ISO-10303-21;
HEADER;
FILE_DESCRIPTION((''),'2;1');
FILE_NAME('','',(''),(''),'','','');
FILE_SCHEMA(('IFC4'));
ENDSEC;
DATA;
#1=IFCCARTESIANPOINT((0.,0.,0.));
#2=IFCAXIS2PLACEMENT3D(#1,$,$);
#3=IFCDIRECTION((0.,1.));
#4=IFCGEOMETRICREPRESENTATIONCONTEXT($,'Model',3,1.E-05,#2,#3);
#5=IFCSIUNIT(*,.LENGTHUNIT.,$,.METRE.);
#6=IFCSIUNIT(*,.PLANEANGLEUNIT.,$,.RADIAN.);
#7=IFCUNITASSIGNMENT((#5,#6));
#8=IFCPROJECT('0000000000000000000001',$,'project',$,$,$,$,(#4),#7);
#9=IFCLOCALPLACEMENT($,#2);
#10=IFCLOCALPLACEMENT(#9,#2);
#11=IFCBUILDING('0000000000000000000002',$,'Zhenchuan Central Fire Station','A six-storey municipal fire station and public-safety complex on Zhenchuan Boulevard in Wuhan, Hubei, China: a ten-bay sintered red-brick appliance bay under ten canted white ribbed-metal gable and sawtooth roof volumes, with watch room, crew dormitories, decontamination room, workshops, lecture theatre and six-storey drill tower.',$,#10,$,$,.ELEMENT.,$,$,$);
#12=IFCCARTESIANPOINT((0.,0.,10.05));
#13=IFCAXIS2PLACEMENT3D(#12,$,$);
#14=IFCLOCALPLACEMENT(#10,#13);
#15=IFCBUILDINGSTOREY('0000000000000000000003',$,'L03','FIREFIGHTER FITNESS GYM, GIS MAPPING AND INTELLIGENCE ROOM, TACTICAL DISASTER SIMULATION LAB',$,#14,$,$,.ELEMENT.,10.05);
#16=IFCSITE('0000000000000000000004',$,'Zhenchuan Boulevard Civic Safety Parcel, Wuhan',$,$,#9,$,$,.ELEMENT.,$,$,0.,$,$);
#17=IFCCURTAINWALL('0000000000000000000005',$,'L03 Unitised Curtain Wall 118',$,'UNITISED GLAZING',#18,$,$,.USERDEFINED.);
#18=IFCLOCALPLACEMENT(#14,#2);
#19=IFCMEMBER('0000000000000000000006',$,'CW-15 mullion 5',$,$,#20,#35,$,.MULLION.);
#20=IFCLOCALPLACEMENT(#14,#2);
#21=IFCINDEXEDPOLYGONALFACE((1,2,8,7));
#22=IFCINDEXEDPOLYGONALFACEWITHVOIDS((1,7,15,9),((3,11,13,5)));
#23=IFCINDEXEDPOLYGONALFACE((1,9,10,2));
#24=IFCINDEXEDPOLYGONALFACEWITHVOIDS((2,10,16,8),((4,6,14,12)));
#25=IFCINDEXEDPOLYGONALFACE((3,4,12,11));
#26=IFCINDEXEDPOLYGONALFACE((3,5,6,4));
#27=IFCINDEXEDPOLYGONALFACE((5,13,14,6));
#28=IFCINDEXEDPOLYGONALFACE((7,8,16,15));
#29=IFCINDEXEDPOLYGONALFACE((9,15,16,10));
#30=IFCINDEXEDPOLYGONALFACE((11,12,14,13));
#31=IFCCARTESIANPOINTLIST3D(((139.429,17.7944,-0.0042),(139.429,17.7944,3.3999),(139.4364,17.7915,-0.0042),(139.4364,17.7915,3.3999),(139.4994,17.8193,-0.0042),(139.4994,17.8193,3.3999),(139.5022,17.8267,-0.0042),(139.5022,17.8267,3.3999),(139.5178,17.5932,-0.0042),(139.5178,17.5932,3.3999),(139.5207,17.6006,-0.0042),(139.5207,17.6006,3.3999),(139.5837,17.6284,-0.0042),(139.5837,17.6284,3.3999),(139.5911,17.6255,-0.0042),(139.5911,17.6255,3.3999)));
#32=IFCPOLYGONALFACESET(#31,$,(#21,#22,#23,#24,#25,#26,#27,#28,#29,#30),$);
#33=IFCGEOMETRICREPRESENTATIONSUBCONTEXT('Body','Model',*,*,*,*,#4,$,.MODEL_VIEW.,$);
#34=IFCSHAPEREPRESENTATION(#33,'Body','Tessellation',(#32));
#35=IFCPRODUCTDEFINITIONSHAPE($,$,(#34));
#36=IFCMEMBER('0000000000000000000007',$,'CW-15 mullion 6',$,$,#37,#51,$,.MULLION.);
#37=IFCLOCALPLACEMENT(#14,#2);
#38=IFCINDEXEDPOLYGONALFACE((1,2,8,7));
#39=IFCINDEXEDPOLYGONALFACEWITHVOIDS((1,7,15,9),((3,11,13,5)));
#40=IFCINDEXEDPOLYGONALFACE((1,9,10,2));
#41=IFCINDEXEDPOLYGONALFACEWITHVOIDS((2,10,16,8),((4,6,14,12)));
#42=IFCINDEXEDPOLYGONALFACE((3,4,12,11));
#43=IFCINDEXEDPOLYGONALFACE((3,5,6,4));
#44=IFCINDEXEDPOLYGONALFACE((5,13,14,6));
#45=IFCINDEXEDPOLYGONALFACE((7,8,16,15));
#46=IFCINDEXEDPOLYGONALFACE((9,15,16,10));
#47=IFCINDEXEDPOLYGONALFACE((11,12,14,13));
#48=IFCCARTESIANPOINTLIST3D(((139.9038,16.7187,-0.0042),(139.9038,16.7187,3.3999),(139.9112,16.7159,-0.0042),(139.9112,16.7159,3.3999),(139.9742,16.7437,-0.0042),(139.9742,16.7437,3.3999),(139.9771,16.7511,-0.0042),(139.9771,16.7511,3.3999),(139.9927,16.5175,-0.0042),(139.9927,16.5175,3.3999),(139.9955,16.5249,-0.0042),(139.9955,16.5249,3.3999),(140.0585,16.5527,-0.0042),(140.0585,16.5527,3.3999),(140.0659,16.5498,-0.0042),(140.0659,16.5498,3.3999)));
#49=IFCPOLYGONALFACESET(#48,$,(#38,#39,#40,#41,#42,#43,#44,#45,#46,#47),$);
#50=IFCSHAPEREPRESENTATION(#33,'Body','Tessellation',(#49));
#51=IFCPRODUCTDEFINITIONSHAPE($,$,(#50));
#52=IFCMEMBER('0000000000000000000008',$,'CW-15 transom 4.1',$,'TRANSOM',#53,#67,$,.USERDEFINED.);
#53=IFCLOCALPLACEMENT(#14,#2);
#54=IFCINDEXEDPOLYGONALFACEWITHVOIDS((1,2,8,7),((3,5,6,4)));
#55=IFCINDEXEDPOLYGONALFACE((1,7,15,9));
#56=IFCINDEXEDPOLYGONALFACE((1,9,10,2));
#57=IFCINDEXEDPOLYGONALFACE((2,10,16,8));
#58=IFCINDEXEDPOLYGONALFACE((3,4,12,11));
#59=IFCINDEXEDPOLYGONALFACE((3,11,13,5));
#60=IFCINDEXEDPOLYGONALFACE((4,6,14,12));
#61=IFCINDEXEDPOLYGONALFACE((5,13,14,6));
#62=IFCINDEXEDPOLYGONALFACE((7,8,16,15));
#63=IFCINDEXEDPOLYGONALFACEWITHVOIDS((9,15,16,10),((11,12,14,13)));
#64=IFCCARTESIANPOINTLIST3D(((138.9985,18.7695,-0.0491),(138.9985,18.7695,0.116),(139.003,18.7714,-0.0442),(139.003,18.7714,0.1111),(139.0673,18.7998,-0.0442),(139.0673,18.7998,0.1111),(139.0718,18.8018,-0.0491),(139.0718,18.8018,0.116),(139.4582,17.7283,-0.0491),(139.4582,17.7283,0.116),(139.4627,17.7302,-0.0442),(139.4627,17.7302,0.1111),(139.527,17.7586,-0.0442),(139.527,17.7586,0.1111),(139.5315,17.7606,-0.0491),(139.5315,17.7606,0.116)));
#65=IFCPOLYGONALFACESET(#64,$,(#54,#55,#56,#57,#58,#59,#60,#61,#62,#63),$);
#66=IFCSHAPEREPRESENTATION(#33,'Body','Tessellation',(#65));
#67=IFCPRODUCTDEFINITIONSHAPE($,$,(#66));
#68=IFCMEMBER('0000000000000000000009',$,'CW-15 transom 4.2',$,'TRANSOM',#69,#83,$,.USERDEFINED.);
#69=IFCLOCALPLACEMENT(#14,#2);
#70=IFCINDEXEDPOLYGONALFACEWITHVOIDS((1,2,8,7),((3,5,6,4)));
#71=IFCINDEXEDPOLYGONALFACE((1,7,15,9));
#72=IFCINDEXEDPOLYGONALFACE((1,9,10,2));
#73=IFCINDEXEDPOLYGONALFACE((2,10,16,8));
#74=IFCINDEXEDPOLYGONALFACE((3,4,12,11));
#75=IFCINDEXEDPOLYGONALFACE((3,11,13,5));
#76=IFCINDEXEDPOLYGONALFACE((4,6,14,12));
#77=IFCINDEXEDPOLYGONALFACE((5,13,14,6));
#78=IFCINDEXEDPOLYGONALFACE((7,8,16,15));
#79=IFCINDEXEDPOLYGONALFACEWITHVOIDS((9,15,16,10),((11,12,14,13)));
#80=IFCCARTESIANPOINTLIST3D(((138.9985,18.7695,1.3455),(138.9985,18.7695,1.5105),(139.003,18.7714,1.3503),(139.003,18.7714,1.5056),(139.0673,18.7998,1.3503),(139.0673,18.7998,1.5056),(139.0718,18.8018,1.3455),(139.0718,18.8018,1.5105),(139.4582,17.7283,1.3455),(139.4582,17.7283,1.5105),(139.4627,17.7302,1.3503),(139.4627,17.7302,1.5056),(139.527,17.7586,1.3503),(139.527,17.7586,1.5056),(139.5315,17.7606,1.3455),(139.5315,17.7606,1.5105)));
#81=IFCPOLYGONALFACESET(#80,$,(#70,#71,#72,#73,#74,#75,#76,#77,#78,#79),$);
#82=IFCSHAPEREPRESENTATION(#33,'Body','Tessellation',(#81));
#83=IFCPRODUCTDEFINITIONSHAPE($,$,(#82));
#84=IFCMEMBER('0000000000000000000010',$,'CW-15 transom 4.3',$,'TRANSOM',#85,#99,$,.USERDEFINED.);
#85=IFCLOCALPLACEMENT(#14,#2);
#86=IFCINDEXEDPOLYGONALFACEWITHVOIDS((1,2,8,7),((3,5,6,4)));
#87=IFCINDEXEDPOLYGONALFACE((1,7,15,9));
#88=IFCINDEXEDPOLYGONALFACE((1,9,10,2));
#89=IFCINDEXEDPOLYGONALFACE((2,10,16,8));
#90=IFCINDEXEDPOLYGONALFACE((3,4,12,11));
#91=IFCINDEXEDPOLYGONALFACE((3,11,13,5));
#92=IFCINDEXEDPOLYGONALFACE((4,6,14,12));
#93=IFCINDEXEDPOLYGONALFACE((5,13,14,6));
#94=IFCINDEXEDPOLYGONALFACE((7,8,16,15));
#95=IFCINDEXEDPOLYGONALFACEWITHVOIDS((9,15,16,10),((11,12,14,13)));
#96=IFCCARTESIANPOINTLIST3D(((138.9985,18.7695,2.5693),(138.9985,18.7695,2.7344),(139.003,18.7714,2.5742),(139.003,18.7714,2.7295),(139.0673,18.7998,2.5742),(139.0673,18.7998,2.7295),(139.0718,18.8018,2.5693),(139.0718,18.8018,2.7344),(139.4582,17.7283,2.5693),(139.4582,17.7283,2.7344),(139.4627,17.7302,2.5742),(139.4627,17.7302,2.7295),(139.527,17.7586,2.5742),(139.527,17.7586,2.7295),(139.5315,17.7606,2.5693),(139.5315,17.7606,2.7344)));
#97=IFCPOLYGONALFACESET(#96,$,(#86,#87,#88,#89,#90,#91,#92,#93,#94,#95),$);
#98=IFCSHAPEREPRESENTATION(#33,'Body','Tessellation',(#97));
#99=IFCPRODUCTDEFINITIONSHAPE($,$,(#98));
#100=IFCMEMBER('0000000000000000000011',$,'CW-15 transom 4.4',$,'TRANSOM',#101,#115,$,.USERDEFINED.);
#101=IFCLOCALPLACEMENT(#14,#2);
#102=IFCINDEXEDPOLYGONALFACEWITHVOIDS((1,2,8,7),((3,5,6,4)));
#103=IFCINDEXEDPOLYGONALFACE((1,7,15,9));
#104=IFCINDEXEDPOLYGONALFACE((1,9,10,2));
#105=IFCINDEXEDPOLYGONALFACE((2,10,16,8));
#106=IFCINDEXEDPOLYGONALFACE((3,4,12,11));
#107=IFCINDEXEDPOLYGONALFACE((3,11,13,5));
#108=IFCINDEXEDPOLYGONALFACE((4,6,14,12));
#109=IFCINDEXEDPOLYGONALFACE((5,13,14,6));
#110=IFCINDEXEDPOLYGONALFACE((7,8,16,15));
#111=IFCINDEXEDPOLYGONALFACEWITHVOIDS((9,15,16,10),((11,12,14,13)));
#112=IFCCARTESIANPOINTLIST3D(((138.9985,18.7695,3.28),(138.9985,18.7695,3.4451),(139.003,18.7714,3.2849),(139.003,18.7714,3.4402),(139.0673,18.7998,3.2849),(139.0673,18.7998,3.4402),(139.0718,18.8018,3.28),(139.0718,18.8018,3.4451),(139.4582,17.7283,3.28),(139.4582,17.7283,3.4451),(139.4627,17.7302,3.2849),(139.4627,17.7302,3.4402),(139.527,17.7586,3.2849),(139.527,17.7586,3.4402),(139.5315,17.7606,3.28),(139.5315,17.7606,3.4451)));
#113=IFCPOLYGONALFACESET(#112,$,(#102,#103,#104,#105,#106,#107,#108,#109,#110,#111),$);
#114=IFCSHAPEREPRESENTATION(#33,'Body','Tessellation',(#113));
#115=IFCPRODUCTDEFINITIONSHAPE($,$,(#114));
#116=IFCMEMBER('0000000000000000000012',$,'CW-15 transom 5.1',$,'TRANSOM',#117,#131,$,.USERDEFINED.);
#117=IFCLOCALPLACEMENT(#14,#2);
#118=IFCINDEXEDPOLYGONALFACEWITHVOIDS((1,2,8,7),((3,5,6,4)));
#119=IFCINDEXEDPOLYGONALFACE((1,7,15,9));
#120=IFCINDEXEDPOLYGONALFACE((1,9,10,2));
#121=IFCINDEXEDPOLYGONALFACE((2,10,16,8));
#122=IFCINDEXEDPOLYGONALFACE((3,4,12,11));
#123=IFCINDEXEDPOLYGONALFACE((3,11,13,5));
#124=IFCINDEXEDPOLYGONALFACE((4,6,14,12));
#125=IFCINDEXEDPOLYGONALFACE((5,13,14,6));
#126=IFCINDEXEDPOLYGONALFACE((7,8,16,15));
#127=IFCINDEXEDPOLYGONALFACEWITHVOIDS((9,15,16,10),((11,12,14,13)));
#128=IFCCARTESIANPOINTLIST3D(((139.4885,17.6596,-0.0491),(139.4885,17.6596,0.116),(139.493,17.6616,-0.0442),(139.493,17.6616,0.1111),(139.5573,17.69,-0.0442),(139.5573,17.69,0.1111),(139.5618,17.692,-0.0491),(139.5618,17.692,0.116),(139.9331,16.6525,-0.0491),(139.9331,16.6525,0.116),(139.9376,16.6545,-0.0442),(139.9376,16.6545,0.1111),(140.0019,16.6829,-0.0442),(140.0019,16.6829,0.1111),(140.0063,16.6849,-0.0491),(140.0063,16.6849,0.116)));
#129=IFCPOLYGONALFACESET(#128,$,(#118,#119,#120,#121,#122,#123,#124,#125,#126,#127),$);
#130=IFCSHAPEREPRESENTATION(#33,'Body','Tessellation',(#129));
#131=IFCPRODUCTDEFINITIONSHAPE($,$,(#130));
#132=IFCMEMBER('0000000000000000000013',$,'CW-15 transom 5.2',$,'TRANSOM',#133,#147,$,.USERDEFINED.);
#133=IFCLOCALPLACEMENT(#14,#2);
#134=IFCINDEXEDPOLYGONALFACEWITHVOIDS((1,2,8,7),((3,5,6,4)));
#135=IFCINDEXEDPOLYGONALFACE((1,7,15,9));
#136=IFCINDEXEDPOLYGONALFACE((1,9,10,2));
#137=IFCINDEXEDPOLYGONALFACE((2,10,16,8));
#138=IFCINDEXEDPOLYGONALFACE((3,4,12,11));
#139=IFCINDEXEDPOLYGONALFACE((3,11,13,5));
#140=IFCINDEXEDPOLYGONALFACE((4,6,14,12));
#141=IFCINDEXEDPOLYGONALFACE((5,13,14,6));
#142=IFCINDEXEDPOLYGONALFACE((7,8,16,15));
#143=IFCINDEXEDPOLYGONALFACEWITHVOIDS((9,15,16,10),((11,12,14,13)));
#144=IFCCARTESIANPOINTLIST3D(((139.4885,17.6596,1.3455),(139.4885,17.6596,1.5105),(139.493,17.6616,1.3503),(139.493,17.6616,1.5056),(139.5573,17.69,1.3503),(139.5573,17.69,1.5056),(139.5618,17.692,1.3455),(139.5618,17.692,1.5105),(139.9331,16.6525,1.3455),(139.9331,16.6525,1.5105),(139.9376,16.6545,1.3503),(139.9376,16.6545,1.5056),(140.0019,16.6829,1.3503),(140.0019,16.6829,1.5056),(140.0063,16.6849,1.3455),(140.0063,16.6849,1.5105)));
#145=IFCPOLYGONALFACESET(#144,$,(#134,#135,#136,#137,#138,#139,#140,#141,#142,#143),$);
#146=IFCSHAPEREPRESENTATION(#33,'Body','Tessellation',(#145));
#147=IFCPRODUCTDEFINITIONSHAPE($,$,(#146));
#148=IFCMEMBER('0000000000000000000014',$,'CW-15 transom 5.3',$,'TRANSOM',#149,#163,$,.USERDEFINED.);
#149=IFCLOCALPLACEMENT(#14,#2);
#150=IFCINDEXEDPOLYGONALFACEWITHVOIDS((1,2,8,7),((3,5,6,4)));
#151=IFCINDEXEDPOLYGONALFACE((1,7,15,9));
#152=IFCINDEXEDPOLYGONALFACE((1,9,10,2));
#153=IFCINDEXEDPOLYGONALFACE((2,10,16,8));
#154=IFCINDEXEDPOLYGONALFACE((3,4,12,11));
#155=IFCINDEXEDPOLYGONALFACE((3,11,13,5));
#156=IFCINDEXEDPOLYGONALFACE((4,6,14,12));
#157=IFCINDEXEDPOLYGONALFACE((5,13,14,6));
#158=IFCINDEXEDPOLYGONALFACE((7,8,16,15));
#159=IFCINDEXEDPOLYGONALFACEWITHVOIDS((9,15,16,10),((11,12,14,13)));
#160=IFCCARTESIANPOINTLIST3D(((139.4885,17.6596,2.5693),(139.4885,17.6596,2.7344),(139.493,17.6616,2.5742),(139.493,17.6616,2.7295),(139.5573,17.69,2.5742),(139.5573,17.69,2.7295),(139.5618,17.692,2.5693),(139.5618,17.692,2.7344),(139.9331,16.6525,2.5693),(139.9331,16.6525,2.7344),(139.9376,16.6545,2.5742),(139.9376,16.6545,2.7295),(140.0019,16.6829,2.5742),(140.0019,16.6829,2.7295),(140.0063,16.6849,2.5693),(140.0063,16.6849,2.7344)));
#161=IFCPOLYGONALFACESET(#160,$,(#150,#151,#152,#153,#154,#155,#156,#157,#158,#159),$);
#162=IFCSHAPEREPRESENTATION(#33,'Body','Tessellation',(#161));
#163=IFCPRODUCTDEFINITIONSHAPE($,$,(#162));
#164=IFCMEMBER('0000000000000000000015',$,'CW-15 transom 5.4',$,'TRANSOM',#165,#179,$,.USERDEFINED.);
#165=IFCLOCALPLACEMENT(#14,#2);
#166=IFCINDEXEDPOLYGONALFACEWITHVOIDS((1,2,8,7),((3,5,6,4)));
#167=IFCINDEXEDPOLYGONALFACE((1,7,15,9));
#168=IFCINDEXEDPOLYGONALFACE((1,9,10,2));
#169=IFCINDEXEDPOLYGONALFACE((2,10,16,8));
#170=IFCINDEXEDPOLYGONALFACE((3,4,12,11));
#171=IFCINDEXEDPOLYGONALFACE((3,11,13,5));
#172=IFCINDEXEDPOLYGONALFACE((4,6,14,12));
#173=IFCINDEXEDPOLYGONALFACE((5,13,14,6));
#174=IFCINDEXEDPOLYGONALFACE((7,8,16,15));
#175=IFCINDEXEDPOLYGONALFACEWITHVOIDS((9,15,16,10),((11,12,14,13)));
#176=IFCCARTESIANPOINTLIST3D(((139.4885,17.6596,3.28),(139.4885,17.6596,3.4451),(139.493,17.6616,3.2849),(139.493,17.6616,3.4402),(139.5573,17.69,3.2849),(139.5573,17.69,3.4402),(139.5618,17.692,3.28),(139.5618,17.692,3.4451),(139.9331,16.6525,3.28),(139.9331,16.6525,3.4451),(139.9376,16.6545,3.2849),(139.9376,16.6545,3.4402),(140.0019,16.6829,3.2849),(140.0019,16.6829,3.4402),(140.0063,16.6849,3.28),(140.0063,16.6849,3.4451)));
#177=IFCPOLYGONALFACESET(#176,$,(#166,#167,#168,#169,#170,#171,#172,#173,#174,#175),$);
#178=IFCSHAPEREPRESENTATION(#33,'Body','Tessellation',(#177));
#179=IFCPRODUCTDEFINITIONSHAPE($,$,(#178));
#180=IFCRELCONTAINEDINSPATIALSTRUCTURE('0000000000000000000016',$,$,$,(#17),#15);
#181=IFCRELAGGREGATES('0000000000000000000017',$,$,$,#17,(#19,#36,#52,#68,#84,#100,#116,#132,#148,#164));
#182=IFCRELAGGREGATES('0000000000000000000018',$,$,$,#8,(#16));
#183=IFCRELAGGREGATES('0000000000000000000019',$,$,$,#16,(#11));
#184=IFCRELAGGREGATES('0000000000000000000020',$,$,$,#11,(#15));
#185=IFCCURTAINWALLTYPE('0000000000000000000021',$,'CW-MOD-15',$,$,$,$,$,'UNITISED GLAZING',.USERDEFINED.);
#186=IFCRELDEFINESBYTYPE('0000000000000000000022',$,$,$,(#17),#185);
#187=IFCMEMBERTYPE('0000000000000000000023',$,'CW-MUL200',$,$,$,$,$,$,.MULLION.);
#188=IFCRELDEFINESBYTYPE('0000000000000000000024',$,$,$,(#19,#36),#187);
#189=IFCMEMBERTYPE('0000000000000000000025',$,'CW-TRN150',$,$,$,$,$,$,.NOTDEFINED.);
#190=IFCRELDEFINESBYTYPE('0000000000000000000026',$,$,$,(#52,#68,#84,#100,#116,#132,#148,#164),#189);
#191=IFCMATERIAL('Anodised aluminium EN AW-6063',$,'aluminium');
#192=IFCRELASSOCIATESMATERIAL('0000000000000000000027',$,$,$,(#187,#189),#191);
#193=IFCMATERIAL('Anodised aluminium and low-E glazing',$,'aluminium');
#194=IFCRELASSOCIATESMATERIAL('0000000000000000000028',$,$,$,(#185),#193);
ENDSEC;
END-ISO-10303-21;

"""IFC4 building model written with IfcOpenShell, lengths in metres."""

from ifc_helpers import new_model, si_unit, direction, frame, origin, origin_2d, place, context, subcontext, project, spatial, hollow_rectangle, extrude, material, material_profile, profile_set, type_object, element, aggregate, save


model = new_model("IFC4")

# Units and contexts
model_context = context("Model", 3, precision=1e-05, world=origin(), true_north=direction((0.0, 1.0)))
body_context = subcontext(model_context, "Body", "Model", "MODEL_VIEW")
ifc_project = project(units=[si_unit("LENGTHUNIT", "METRE"), si_unit("PLANEANGLEUNIT", "RADIAN")], contexts=[model_context])

# Site, building, storey
site_placement = place(None, origin())
site = spatial("IfcSite", under=ifc_project, at=site_placement, Name="Zhenchuan Boulevard Civic Safety Parcel, Wuhan", CompositionType="ELEMENT", RefElevation=0.0)
building_placement = place(site_placement, origin())
building = spatial("IfcBuilding", under=site, at=building_placement, Name="Zhenchuan Central Fire Station", Description="A six-storey municipal fire station and public-safety complex on Zhenchuan Boulevard in Wuhan, Hubei, China: a ten-bay sintered red-brick appliance bay under ten canted white ribbed-metal gable and sawtooth roof volumes, with watch room, crew dormitories, decontamination room, workshops, lecture theatre and six-storey drill tower.", CompositionType="ELEMENT")
storey_placement = place(building_placement, frame((0.0, 0.0, 10.05)))
storey = spatial("IfcBuildingStorey", under=building, at=storey_placement, Name="L03", Description="FIREFIGHTER FITNESS GYM, GIS MAPPING AND INTELLIGENCE ROOM, TACTICAL DISASTER SIMULATION LAB", CompositionType="ELEMENT", Elevation=10.05)

# Shared definitions
ifc_material_1 = material(Name="Anodised aluminium and low-E glazing", Category="aluminium")
ifc_material_2 = material(Name="Anodised aluminium EN AW-6063", Category="aluminium")
ifc_material_profile_1 = material_profile(ifc_material_2, hollow_rectangle(XDim=0.0801, YDim=0.22, WallThickness=0.0056, at=origin_2d()), Name="ALU-M 220x80")
ifc_profile_set_1 = profile_set([ifc_material_profile_1], Name="Anodised aluminium EN AW-6063")
member_type_1 = type_object("IfcMemberType", Name="CW-MUL200", PredefinedType="MULLION", material=ifc_profile_set_1)

# Curtain wall, members
curtain_wall_type_1 = type_object("IfcCurtainWallType", Name="CW-MOD-15", ElementType="UNITISED GLAZING", PredefinedType="USERDEFINED", material=ifc_material_1)
curtain_wall_1_placement = place(storey_placement, origin())
curtain_wall_1 = element("IfcCurtainWall", 1, at=curtain_wall_1_placement, inside=storey, type_object=curtain_wall_type_1, Name="L03 Unitised Curtain Wall 118", ObjectType="UNITISED GLAZING", PredefinedType="USERDEFINED")
member_1_placement = place(storey_placement, frame((139.51, 17.71, -0.0042), z_axis=(0.0, 0.0, 1.0), x_axis=(0.914828, 0.403843, 0.0)))
member_1 = element("IfcMember", 2, at=member_1_placement, type_object=member_type_1, Name="CW-15 mullion 5", PredefinedType="MULLION", context=body_context, shape_type="SweptSolid", body=[
    extrude(hollow_rectangle(XDim=0.0801, YDim=0.22, WallThickness=0.0056, at=origin_2d()), origin(), (0.0, 0.0, 1.0), 3.4041),
])
member_2_placement = place(storey_placement, frame((139.9849, 16.6343, -0.0042), z_axis=(0.0, 0.0, 1.0), x_axis=(0.914828, 0.403843, 0.0)))
member_2 = element("IfcMember", 3, at=member_2_placement, type_object=member_type_1, Name="CW-15 mullion 6", PredefinedType="MULLION", context=body_context, shape_type="SweptSolid", body=[
    extrude(hollow_rectangle(XDim=0.0801, YDim=0.22, WallThickness=0.0056, at=origin_2d()), origin(), (0.0, 0.0, 1.0), 3.4041),
])
ifc_material_profile_2 = material_profile(ifc_material_2, hollow_rectangle(XDim=0.0801, YDim=0.165, WallThickness=0.0049, at=origin_2d()), Name="ALU-T 165x80")
ifc_profile_set_2 = profile_set([ifc_material_profile_2], Name="Anodised aluminium EN AW-6063")
member_type_2 = type_object("IfcMemberType", Name="CW-TRN150", PredefinedType="NOTDEFINED", material=ifc_profile_set_2)
member_3_placement = place(storey_placement, frame((139.0352, 18.7856, 0.0334), z_axis=(0.403888, -0.914808, 0.0), x_axis=(0.914808, 0.403888, 0.0)))
member_3 = element("IfcMember", 4, at=member_3_placement, type_object=member_type_2, Name="CW-15 transom 4.1", ObjectType="TRANSOM", PredefinedType="USERDEFINED", context=body_context, shape_type="SweptSolid", body=[
    extrude(hollow_rectangle(XDim=0.0801, YDim=0.165, WallThickness=0.0049, at=origin_2d()), origin(), (0.0, 0.0, 1.0), 1.1382),
])
member_4_placement = place(storey_placement, frame((139.0352, 18.7856, 1.428), z_axis=(0.403888, -0.914808, 0.0), x_axis=(0.914808, 0.403888, 0.0)))
member_4 = element("IfcMember", 5, at=member_4_placement, type_object=member_type_2, Name="CW-15 transom 4.2", ObjectType="TRANSOM", PredefinedType="USERDEFINED", context=body_context, shape_type="SweptSolid", body=[
    extrude(hollow_rectangle(XDim=0.0801, YDim=0.165, WallThickness=0.0049, at=origin_2d()), origin(), (0.0, 0.0, 1.0), 1.1382),
])
member_5_placement = place(storey_placement, frame((139.0352, 18.7856, 2.6519), z_axis=(0.403888, -0.914808, 0.0), x_axis=(0.914808, 0.403888, 0.0)))
member_5 = element("IfcMember", 6, at=member_5_placement, type_object=member_type_2, Name="CW-15 transom 4.3", ObjectType="TRANSOM", PredefinedType="USERDEFINED", context=body_context, shape_type="SweptSolid", body=[
    extrude(hollow_rectangle(XDim=0.0801, YDim=0.165, WallThickness=0.0049, at=origin_2d()), origin(), (0.0, 0.0, 1.0), 1.1382),
])
member_6_placement = place(storey_placement, frame((139.0352, 18.7856, 3.3625), z_axis=(0.403888, -0.914808, 0.0), x_axis=(0.914808, 0.403888, 0.0)))
member_6 = element("IfcMember", 7, at=member_6_placement, type_object=member_type_2, Name="CW-15 transom 4.4", ObjectType="TRANSOM", PredefinedType="USERDEFINED", context=body_context, shape_type="SweptSolid", body=[
    extrude(hollow_rectangle(XDim=0.0801, YDim=0.165, WallThickness=0.0049, at=origin_2d()), origin(), (0.0, 0.0, 1.0), 1.1382),
])
member_7_placement = place(storey_placement, frame((139.5251, 17.6758, 0.0334), z_axis=(0.403853, -0.914824, 0.0), x_axis=(0.914824, 0.403853, 0.0)))
member_7 = element("IfcMember", 8, at=member_7_placement, type_object=member_type_2, Name="CW-15 transom 5.1", ObjectType="TRANSOM", PredefinedType="USERDEFINED", context=body_context, shape_type="SweptSolid", body=[
    extrude(hollow_rectangle(XDim=0.0801, YDim=0.165, WallThickness=0.0049, at=origin_2d()), origin(), (0.0, 0.0, 1.0), 1.1008),
])
member_8_placement = place(storey_placement, frame((139.5251, 17.6758, 1.428), z_axis=(0.403853, -0.914824, 0.0), x_axis=(0.914824, 0.403853, 0.0)))
member_8 = element("IfcMember", 9, at=member_8_placement, type_object=member_type_2, Name="CW-15 transom 5.2", ObjectType="TRANSOM", PredefinedType="USERDEFINED", context=body_context, shape_type="SweptSolid", body=[
    extrude(hollow_rectangle(XDim=0.0801, YDim=0.165, WallThickness=0.0049, at=origin_2d()), origin(), (0.0, 0.0, 1.0), 1.1008),
])
member_9_placement = place(storey_placement, frame((139.5251, 17.6758, 2.6519), z_axis=(0.403853, -0.914824, 0.0), x_axis=(0.914824, 0.403853, 0.0)))
member_9 = element("IfcMember", 10, at=member_9_placement, type_object=member_type_2, Name="CW-15 transom 5.3", ObjectType="TRANSOM", PredefinedType="USERDEFINED", context=body_context, shape_type="SweptSolid", body=[
    extrude(hollow_rectangle(XDim=0.0801, YDim=0.165, WallThickness=0.0049, at=origin_2d()), origin(), (0.0, 0.0, 1.0), 1.1008),
])
member_10_placement = place(storey_placement, frame((139.5251, 17.6758, 3.3625), z_axis=(0.403853, -0.914824, 0.0), x_axis=(0.914824, 0.403853, 0.0)))
member_10 = element("IfcMember", 11, at=member_10_placement, type_object=member_type_2, Name="CW-15 transom 5.4", ObjectType="TRANSOM", PredefinedType="USERDEFINED", context=body_context, shape_type="SweptSolid", body=[
    extrude(hollow_rectangle(XDim=0.0801, YDim=0.165, WallThickness=0.0049, at=origin_2d()), origin(), (0.0, 0.0, 1.0), 1.1008),
])

aggregate(curtain_wall_1, [member_1, member_2, member_3, member_4, member_5, member_6, member_7, member_8, member_9, member_10])

save(model, "model.ifc")
